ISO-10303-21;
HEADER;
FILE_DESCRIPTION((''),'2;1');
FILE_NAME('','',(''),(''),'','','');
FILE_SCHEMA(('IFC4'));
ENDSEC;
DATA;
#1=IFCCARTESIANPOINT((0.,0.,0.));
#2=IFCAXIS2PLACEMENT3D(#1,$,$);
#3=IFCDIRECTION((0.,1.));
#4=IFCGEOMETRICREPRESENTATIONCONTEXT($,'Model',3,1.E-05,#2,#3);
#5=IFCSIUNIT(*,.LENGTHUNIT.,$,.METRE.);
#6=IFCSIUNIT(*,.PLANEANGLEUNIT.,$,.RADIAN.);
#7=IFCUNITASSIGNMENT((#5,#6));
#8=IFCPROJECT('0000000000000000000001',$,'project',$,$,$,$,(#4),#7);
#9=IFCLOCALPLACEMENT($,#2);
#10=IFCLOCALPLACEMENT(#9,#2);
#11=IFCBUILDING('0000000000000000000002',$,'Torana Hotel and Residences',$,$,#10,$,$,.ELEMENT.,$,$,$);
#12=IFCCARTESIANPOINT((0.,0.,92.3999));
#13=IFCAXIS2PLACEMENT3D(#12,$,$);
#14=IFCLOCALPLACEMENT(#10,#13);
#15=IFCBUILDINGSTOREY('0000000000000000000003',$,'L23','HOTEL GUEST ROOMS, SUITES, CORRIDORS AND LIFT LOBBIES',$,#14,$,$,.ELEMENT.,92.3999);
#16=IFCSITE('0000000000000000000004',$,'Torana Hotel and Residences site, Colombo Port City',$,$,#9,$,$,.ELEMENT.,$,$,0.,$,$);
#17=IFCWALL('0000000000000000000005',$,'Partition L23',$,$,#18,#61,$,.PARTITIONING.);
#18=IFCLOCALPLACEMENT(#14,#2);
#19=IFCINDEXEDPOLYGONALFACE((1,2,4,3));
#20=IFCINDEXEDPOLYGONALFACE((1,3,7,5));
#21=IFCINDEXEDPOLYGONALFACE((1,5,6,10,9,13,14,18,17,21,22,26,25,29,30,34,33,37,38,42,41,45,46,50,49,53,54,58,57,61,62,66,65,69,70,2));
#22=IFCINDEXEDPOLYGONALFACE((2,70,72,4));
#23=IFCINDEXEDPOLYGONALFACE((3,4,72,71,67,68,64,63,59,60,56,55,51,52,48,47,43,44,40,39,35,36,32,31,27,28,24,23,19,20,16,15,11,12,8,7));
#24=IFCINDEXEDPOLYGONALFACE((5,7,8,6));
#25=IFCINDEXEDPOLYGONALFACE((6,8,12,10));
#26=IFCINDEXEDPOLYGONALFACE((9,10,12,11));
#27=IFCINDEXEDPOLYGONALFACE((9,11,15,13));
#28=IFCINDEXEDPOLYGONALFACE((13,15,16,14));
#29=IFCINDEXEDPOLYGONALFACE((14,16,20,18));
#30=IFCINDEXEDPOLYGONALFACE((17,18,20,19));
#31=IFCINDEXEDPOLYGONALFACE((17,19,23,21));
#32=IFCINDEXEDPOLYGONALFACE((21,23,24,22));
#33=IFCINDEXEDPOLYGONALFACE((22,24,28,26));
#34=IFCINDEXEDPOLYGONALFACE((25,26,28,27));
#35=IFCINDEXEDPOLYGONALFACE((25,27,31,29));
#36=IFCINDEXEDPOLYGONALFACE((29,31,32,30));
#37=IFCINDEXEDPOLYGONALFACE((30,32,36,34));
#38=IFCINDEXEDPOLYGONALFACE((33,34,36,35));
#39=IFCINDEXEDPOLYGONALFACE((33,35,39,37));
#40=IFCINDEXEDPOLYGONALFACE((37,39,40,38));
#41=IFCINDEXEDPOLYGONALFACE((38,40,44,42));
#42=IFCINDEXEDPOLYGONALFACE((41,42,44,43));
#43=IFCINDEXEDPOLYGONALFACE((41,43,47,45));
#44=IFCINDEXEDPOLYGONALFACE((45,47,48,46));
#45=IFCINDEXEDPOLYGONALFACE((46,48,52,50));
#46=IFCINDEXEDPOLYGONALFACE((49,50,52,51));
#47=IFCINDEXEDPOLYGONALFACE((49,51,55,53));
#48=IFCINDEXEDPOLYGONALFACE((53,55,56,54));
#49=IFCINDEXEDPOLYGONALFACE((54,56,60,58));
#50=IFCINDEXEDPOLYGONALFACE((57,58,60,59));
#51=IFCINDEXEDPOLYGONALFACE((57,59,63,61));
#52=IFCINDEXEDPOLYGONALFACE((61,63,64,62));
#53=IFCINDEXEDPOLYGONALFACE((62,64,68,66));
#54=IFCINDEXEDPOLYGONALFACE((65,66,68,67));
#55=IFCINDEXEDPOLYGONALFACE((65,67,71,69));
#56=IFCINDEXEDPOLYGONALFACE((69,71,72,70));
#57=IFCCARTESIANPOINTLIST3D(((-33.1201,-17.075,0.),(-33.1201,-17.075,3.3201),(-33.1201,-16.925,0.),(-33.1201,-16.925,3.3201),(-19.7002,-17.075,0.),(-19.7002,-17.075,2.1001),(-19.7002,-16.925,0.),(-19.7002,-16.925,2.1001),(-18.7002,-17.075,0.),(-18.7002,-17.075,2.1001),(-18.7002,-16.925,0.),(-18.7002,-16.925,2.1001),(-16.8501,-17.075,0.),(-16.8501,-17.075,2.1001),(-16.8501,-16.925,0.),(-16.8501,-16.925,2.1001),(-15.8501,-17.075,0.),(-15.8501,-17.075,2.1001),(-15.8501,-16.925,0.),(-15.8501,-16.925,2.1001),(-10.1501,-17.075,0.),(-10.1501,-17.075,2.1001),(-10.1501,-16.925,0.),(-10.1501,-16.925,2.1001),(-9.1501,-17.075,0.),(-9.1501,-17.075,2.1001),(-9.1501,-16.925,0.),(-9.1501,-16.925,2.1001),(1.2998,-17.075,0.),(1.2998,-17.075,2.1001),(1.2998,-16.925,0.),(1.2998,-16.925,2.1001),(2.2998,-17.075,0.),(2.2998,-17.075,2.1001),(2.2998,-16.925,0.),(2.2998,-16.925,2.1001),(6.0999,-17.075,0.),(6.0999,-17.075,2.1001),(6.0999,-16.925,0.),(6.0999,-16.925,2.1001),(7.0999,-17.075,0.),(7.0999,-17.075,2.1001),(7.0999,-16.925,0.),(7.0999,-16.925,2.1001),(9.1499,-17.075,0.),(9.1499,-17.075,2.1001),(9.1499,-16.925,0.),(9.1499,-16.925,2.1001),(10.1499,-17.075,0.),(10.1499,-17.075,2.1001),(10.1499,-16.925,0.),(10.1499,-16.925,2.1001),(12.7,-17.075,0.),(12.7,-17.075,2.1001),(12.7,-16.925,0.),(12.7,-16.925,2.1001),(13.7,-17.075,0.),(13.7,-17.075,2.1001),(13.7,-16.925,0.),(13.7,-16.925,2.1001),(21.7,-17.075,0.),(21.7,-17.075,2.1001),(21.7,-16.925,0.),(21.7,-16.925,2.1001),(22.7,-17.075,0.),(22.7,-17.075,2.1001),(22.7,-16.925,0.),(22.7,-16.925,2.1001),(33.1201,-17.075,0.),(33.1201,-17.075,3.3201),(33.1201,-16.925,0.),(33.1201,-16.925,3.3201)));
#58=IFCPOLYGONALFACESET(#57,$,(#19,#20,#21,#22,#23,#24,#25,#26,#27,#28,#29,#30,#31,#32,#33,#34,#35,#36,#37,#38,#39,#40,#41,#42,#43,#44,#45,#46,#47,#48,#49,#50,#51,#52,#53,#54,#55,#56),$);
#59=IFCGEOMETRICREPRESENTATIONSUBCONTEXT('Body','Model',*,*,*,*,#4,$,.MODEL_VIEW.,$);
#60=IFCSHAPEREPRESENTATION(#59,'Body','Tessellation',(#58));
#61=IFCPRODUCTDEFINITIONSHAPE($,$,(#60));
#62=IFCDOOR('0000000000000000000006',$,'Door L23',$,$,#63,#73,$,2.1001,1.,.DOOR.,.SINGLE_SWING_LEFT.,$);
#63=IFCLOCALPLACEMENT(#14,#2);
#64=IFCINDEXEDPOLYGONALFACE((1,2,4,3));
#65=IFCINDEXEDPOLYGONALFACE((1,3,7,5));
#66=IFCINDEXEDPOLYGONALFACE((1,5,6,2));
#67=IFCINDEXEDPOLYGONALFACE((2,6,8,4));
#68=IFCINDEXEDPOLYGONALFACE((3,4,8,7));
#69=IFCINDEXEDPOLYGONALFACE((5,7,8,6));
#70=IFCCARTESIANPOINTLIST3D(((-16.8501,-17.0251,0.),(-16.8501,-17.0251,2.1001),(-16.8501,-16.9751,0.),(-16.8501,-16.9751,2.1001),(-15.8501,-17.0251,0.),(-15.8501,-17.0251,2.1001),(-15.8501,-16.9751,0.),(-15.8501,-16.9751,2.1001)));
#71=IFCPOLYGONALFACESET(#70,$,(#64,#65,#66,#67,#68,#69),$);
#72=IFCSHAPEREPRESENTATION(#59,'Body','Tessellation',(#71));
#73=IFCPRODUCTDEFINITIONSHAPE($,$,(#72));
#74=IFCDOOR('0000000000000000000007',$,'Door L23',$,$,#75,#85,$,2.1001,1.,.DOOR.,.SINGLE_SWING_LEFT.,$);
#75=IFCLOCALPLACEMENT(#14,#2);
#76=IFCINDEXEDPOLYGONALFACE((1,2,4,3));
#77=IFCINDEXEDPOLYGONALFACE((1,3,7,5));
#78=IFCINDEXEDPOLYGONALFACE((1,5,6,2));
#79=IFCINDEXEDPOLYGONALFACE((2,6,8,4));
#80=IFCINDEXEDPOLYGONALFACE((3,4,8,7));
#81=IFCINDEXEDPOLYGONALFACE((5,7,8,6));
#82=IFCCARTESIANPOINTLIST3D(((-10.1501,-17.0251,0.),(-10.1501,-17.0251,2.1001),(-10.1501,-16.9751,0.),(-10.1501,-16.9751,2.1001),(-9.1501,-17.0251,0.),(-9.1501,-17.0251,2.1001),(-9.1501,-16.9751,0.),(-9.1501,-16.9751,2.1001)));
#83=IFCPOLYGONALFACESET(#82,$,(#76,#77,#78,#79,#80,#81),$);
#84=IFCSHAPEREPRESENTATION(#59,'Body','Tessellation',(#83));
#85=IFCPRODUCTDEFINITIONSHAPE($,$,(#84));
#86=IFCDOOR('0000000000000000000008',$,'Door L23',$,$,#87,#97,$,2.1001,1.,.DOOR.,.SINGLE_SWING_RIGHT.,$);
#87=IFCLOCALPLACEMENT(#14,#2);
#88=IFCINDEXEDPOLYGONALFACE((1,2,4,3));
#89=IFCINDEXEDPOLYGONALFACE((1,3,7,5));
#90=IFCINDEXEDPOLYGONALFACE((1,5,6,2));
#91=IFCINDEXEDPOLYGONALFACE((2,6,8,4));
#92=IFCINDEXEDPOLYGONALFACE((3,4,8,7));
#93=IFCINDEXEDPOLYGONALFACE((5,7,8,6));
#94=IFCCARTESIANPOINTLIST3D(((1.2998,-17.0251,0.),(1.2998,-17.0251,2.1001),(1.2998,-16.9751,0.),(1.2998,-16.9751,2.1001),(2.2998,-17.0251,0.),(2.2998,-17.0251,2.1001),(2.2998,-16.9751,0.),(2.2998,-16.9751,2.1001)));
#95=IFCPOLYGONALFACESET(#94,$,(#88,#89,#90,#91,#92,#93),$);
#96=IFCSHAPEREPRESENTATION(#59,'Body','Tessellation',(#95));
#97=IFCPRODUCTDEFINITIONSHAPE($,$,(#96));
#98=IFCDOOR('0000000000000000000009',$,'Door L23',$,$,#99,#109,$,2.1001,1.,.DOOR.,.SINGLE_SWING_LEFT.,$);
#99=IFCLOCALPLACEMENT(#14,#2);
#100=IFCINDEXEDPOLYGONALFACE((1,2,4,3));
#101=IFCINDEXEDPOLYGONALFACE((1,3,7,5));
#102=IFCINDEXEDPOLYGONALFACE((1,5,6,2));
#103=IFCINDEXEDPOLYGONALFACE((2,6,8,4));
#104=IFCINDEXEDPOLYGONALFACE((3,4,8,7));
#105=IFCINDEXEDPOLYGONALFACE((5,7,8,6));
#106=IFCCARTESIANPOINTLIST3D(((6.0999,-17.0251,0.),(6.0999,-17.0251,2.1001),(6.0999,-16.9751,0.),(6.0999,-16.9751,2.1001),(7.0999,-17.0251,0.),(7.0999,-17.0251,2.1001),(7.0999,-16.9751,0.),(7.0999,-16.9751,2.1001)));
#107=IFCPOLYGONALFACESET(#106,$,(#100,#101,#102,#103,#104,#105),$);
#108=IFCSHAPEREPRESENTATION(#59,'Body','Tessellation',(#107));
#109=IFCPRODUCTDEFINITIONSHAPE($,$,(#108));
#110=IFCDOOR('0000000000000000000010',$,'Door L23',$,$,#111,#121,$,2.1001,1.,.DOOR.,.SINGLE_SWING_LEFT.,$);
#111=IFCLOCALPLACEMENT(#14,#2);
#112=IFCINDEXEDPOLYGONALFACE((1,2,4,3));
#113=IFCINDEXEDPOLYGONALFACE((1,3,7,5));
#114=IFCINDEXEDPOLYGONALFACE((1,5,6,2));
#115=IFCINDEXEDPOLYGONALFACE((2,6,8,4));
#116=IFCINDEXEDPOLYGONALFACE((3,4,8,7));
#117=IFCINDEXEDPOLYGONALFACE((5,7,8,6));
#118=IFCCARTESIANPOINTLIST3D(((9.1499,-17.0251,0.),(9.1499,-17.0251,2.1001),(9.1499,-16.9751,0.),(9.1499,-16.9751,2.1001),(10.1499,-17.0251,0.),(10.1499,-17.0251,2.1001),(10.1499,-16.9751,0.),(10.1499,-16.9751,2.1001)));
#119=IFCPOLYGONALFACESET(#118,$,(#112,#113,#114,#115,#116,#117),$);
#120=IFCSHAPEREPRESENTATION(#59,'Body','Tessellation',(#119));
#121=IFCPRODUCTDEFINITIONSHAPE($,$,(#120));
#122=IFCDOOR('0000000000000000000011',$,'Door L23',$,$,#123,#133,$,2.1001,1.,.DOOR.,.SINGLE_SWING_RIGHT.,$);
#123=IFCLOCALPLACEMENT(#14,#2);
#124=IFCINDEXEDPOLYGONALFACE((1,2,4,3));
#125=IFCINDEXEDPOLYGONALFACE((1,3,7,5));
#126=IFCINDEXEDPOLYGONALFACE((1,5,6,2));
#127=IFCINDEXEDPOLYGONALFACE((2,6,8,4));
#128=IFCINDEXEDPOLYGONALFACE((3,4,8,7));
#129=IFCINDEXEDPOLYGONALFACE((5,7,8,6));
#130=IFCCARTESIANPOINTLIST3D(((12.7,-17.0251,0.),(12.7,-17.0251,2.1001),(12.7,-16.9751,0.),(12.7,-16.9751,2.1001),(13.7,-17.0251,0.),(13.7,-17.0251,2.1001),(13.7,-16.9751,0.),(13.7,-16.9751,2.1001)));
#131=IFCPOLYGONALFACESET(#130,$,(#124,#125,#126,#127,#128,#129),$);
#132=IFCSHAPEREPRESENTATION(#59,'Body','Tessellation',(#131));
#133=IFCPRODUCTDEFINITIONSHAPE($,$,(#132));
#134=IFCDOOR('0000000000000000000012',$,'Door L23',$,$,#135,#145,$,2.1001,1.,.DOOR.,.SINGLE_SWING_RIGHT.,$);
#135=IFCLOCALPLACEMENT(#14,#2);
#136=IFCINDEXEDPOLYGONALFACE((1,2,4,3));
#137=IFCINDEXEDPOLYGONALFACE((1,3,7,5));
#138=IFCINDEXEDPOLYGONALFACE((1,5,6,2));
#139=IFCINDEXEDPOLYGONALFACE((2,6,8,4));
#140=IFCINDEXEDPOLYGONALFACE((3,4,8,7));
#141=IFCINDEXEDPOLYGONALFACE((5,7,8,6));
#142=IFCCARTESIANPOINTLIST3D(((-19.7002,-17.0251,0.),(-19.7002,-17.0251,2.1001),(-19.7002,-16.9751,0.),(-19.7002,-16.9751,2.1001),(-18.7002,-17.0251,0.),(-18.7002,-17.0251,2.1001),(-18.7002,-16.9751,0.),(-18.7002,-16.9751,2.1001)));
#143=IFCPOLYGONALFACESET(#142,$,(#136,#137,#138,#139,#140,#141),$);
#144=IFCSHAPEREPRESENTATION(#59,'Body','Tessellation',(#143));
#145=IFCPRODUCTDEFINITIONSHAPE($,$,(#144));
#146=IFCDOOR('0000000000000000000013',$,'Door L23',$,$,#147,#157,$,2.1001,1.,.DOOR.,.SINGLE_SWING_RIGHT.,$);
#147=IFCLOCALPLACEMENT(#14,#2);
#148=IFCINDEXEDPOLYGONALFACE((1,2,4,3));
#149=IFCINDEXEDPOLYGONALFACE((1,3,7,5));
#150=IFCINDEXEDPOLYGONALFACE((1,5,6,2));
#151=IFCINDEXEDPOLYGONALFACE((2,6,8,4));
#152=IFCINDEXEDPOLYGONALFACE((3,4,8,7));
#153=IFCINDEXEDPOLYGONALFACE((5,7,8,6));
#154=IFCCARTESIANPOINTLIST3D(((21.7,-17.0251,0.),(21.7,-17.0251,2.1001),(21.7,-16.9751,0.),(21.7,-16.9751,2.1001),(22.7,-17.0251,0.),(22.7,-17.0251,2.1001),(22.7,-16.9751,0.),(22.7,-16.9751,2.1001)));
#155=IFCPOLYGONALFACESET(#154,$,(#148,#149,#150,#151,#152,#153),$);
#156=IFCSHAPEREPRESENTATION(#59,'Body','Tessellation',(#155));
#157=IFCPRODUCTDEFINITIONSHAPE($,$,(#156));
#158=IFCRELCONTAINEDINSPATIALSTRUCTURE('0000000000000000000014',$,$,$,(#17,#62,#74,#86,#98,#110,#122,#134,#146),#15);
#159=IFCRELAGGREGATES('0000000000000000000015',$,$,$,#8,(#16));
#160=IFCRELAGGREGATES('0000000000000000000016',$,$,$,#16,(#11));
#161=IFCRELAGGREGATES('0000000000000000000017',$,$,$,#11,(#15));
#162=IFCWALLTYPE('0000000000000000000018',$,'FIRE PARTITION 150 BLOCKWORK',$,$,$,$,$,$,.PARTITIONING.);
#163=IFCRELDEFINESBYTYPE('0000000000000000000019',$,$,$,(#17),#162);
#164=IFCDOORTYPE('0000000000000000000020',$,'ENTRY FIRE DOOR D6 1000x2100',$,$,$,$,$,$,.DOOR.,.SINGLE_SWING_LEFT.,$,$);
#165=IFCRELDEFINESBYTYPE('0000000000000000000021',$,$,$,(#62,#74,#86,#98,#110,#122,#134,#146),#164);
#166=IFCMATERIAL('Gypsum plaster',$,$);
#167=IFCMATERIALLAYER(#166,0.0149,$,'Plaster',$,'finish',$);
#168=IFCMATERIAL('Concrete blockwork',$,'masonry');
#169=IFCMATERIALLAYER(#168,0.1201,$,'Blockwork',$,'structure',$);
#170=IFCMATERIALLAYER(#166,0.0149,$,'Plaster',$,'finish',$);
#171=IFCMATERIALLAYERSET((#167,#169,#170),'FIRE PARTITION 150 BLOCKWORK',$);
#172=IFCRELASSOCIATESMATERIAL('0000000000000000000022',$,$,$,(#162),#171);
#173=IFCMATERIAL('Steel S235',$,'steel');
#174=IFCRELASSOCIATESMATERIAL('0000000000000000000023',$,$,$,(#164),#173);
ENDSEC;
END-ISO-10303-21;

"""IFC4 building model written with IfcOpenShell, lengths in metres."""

from ifc_helpers import new_model, si_unit, direction, frame, frame_2d, origin, place, context, subcontext, project, spatial, rectangle, extrude, material, layer, layer_set, type_object, element, fill, save


model = new_model("IFC4")

# Units and contexts
model_context = context("Model", 3, precision=1e-05, world=origin(), true_north=direction((0.0, 1.0)))
body_context = subcontext(model_context, "Body", "Model", "MODEL_VIEW")
ifc_project = project(units=[si_unit("LENGTHUNIT", "METRE"), si_unit("PLANEANGLEUNIT", "RADIAN")], contexts=[model_context])

# Site, building, storey
site_placement = place(None, origin())
site = spatial("IfcSite", under=ifc_project, at=site_placement, Name="Torana Hotel and Residences site, Colombo Port City", CompositionType="ELEMENT", RefElevation=0.0)
building_placement = place(site_placement, origin())
building = spatial("IfcBuilding", under=site, at=building_placement, Name="Torana Hotel and Residences", CompositionType="ELEMENT")
storey_placement = place(building_placement, frame((0.0, 0.0, 92.3999)))
storey = spatial("IfcBuildingStorey", under=building, at=storey_placement, Name="L23", Description="HOTEL GUEST ROOMS, SUITES, CORRIDORS AND LIFT LOBBIES", CompositionType="ELEMENT", Elevation=92.3999)

# Wall, openings, doors
ifc_material_1 = material(Name="Gypsum plaster")
ifc_layer_1 = layer(ifc_material_1, 0.0149, Name="Plaster", Category="finish")
ifc_material_2 = material(Name="Concrete blockwork", Category="masonry")
ifc_layer_2 = layer(ifc_material_2, 0.1201, Name="Blockwork", Category="structure")
ifc_layer_3 = layer(ifc_material_1, 0.0149, Name="Plaster", Category="finish")
ifc_layer_set_1 = layer_set([ifc_layer_1, ifc_layer_2, ifc_layer_3], Name="FIRE PARTITION 150 BLOCKWORK")
wall_type_1 = type_object("IfcWallType", Name="FIRE PARTITION 150 BLOCKWORK", PredefinedType="PARTITIONING", material=ifc_layer_set_1)
wall_1_placement = place(storey_placement, frame((-33.1201, -17.0, 0.0), z_axis=(0.0, 0.0, 1.0), x_axis=(1.0, 0.0, 0.0)))
wall_1 = element("IfcWall", 1, at=wall_1_placement, inside=storey, type_object=wall_type_1, Name="Partition L23", PredefinedType="PARTITIONING", context=body_context, shape_type="SweptSolid", body=[
    extrude(rectangle(XDim=66.2402, YDim=0.1499, at=frame_2d((33.1201, 0.0))), origin(), (0.0, 0.0, 1.0), 3.3201),
])
opening_1_placement = place(wall_1_placement, frame((16.27, 0.0, 0.0)))
opening_1 = element("IfcOpeningElement", 2, at=opening_1_placement, cuts=wall_1, PredefinedType="OPENING", context=body_context, shape_type="SweptSolid", body=[
    extrude(rectangle(XDim=1.0, YDim=2.1001, at=frame_2d((0.5, 1.05))), frame((0.0, 0.085, 0.0), z_axis=(0.0, -1.0, 0.0), x_axis=(1.0, 0.0, 0.0)), (0.0, 0.0, 1.0), 0.1699),
])
opening_2_placement = place(wall_1_placement, frame((22.97, 0.0, 0.0)))
opening_2 = element("IfcOpeningElement", 3, at=opening_2_placement, cuts=wall_1, PredefinedType="OPENING", context=body_context, shape_type="SweptSolid", body=[
    extrude(rectangle(XDim=1.0, YDim=2.1001, at=frame_2d((0.5, 1.05))), frame((0.0, 0.085, 0.0), z_axis=(0.0, -1.0, 0.0), x_axis=(1.0, 0.0, 0.0)), (0.0, 0.0, 1.0), 0.1699),
])
opening_3_placement = place(wall_1_placement, frame((34.4199, 0.0, 0.0)))
opening_3 = element("IfcOpeningElement", 4, at=opening_3_placement, cuts=wall_1, PredefinedType="OPENING", context=body_context, shape_type="SweptSolid", body=[
    extrude(rectangle(XDim=1.0, YDim=2.1001, at=frame_2d((0.5, 1.05))), frame((0.0, 0.085, 0.0), z_axis=(0.0, -1.0, 0.0), x_axis=(1.0, 0.0, 0.0)), (0.0, 0.0, 1.0), 0.1699),
])
opening_4_placement = place(wall_1_placement, frame((39.22, 0.0, 0.0)))
opening_4 = element("IfcOpeningElement", 5, at=opening_4_placement, cuts=wall_1, PredefinedType="OPENING", context=body_context, shape_type="SweptSolid", body=[
    extrude(rectangle(XDim=1.0, YDim=2.1001, at=frame_2d((0.5, 1.05))), frame((0.0, 0.085, 0.0), z_axis=(0.0, -1.0, 0.0), x_axis=(1.0, 0.0, 0.0)), (0.0, 0.0, 1.0), 0.1699),
])
opening_5_placement = place(wall_1_placement, frame((42.27, 0.0, 0.0)))
opening_5 = element("IfcOpeningElement", 6, at=opening_5_placement, cuts=wall_1, PredefinedType="OPENING", context=body_context, shape_type="SweptSolid", body=[
    extrude(rectangle(XDim=1.0, YDim=2.1001, at=frame_2d((0.5, 1.05))), frame((0.0, 0.085, 0.0), z_axis=(0.0, -1.0, 0.0), x_axis=(1.0, 0.0, 0.0)), (0.0, 0.0, 1.0), 0.1699),
])
opening_6_placement = place(wall_1_placement, frame((45.8201, 0.0, 0.0)))
opening_6 = element("IfcOpeningElement", 7, at=opening_6_placement, cuts=wall_1, PredefinedType="OPENING", context=body_context, shape_type="SweptSolid", body=[
    extrude(rectangle(XDim=1.0, YDim=2.1001, at=frame_2d((0.5, 1.05))), frame((0.0, 0.085, 0.0), z_axis=(0.0, -1.0, 0.0), x_axis=(1.0, 0.0, 0.0)), (0.0, 0.0, 1.0), 0.1699),
])
opening_7_placement = place(wall_1_placement, frame((13.4199, 0.0, 0.0)))
opening_7 = element("IfcOpeningElement", 8, at=opening_7_placement, cuts=wall_1, PredefinedType="OPENING", context=body_context, shape_type="SweptSolid", body=[
    extrude(rectangle(XDim=1.0, YDim=2.1001, at=frame_2d((0.5, 1.05))), frame((0.0, 0.085, 0.0), z_axis=(0.0, -1.0, 0.0), x_axis=(1.0, 0.0, 0.0)), (0.0, 0.0, 1.0), 0.1699),
])
opening_8_placement = place(wall_1_placement, frame((54.8201, 0.0, 0.0)))
opening_8 = element("IfcOpeningElement", 9, at=opening_8_placement, cuts=wall_1, PredefinedType="OPENING", context=body_context, shape_type="SweptSolid", body=[
    extrude(rectangle(XDim=1.0, YDim=2.1001, at=frame_2d((0.5, 1.05))), frame((0.0, 0.085, 0.0), z_axis=(0.0, -1.0, 0.0), x_axis=(1.0, 0.0, 0.0)), (0.0, 0.0, 1.0), 0.1699),
])
ifc_material_3 = material(Name="Steel S235", Category="steel")
door_type_1 = type_object("IfcDoorType", Name="ENTRY FIRE DOOR D6 1000x2100", OperationType="SINGLE_SWING_LEFT", PredefinedType="DOOR", material=ifc_material_3)
door_1_placement = place(opening_1_placement, frame((0.5, 0.0, 0.0), z_axis=(0.0, 0.0, 1.0), x_axis=(-1.0, 0.0, 0.0)))
door_1 = element("IfcDoor", 10, at=door_1_placement, inside=storey, type_object=door_type_1, Name="Door L23", OperationType="SINGLE_SWING_LEFT", OverallHeight=2.1001, OverallWidth=1.0, PredefinedType="DOOR", context=body_context, shape_type="SweptSolid", body=[
    extrude(rectangle(XDim=1.0, YDim=2.1001, at=frame_2d((0.0, 1.05))), frame((0.0, -0.0249, 0.0), z_axis=(0.0, 1.0, 0.0), x_axis=(-1.0, 0.0, 0.0)), (0.0, 0.0, 1.0), 0.05),
])
fill(opening_1, door_1)
door_2_placement = place(opening_2_placement, frame((0.5, 0.0, 0.0), z_axis=(0.0, 0.0, 1.0), x_axis=(-1.0, 0.0, 0.0)))
door_2 = element("IfcDoor", 11, at=door_2_placement, inside=storey, type_object=door_type_1, Name="Door L23", OperationType="SINGLE_SWING_LEFT", OverallHeight=2.1001, OverallWidth=1.0, PredefinedType="DOOR", context=body_context, shape_type="SweptSolid", body=[
    extrude(rectangle(XDim=1.0, YDim=2.1001, at=frame_2d((0.0, 1.05))), frame((0.0, -0.0249, 0.0), z_axis=(0.0, 1.0, 0.0), x_axis=(-1.0, 0.0, 0.0)), (0.0, 0.0, 1.0), 0.05),
])
fill(opening_2, door_2)
door_3_placement = place(opening_3_placement, origin())
door_3 = element("IfcDoor", 12, at=door_3_placement, inside=storey, type_object=door_type_1, Name="Door L23", OperationType="SINGLE_SWING_RIGHT", OverallHeight=2.1001, OverallWidth=1.0, PredefinedType="DOOR", context=body_context, shape_type="SweptSolid", body=[
    extrude(rectangle(XDim=1.0, YDim=2.1001, at=frame_2d((0.5, 1.05))), frame((0.0, 0.0249, 0.0), z_axis=(0.0, -1.0, 0.0), x_axis=(1.0, 0.0, 0.0)), (0.0, 0.0, 1.0), 0.05),
])
fill(opening_3, door_3)
door_4_placement = place(opening_4_placement, frame((0.5, 0.0, 0.0), z_axis=(0.0, 0.0, 1.0), x_axis=(-1.0, 0.0, 0.0)))
door_4 = element("IfcDoor", 13, at=door_4_placement, inside=storey, type_object=door_type_1, Name="Door L23", OperationType="SINGLE_SWING_LEFT", OverallHeight=2.1001, OverallWidth=1.0, PredefinedType="DOOR", context=body_context, shape_type="SweptSolid", body=[
    extrude(rectangle(XDim=1.0, YDim=2.1001, at=frame_2d((0.0, 1.05))), frame((0.0, -0.0249, 0.0), z_axis=(0.0, 1.0, 0.0), x_axis=(-1.0, 0.0, 0.0)), (0.0, 0.0, 1.0), 0.05),
])
fill(opening_4, door_4)
door_5_placement = place(opening_5_placement, frame((0.5, 0.0, 0.0), z_axis=(0.0, 0.0, 1.0), x_axis=(-1.0, 0.0, 0.0)))
door_5 = element("IfcDoor", 14, at=door_5_placement, inside=storey, type_object=door_type_1, Name="Door L23", OperationType="SINGLE_SWING_LEFT", OverallHeight=2.1001, OverallWidth=1.0, PredefinedType="DOOR", context=body_context, shape_type="SweptSolid", body=[
    extrude(rectangle(XDim=1.0, YDim=2.1001, at=frame_2d((0.0, 1.05))), frame((0.0, -0.0249, 0.0), z_axis=(0.0, 1.0, 0.0), x_axis=(-1.0, 0.0, 0.0)), (0.0, 0.0, 1.0), 0.05),
])
fill(opening_5, door_5)
door_6_placement = place(opening_6_placement, origin())
door_6 = element("IfcDoor", 15, at=door_6_placement, inside=storey, type_object=door_type_1, Name="Door L23", OperationType="SINGLE_SWING_RIGHT", OverallHeight=2.1001, OverallWidth=1.0, PredefinedType="DOOR", context=body_context, shape_type="SweptSolid", body=[
    extrude(rectangle(XDim=1.0, YDim=2.1001, at=frame_2d((0.5, 1.05))), frame((0.0, 0.0249, 0.0), z_axis=(0.0, -1.0, 0.0), x_axis=(1.0, 0.0, 0.0)), (0.0, 0.0, 1.0), 0.05),
])
fill(opening_6, door_6)
door_7_placement = place(opening_7_placement, origin())
door_7 = element("IfcDoor", 16, at=door_7_placement, inside=storey, type_object=door_type_1, Name="Door L23", OperationType="SINGLE_SWING_RIGHT", OverallHeight=2.1001, OverallWidth=1.0, PredefinedType="DOOR", context=body_context, shape_type="SweptSolid", body=[
    extrude(rectangle(XDim=1.0, YDim=2.1001, at=frame_2d((0.5, 1.05))), frame((0.0, 0.0249, 0.0), z_axis=(0.0, -1.0, 0.0), x_axis=(1.0, 0.0, 0.0)), (0.0, 0.0, 1.0), 0.05),
])
fill(opening_7, door_7)
door_8_placement = place(opening_8_placement, origin())
door_8 = element("IfcDoor", 17, at=door_8_placement, inside=storey, type_object=door_type_1, Name="Door L23", OperationType="SINGLE_SWING_RIGHT", OverallHeight=2.1001, OverallWidth=1.0, PredefinedType="DOOR", context=body_context, shape_type="SweptSolid", body=[
    extrude(rectangle(XDim=1.0, YDim=2.1001, at=frame_2d((0.5, 1.05))), frame((0.0, 0.0249, 0.0), z_axis=(0.0, -1.0, 0.0), x_axis=(1.0, 0.0, 0.0)), (0.0, 0.0, 1.0), 0.05),
])
fill(opening_8, door_8)

save(model, "model.ifc")
